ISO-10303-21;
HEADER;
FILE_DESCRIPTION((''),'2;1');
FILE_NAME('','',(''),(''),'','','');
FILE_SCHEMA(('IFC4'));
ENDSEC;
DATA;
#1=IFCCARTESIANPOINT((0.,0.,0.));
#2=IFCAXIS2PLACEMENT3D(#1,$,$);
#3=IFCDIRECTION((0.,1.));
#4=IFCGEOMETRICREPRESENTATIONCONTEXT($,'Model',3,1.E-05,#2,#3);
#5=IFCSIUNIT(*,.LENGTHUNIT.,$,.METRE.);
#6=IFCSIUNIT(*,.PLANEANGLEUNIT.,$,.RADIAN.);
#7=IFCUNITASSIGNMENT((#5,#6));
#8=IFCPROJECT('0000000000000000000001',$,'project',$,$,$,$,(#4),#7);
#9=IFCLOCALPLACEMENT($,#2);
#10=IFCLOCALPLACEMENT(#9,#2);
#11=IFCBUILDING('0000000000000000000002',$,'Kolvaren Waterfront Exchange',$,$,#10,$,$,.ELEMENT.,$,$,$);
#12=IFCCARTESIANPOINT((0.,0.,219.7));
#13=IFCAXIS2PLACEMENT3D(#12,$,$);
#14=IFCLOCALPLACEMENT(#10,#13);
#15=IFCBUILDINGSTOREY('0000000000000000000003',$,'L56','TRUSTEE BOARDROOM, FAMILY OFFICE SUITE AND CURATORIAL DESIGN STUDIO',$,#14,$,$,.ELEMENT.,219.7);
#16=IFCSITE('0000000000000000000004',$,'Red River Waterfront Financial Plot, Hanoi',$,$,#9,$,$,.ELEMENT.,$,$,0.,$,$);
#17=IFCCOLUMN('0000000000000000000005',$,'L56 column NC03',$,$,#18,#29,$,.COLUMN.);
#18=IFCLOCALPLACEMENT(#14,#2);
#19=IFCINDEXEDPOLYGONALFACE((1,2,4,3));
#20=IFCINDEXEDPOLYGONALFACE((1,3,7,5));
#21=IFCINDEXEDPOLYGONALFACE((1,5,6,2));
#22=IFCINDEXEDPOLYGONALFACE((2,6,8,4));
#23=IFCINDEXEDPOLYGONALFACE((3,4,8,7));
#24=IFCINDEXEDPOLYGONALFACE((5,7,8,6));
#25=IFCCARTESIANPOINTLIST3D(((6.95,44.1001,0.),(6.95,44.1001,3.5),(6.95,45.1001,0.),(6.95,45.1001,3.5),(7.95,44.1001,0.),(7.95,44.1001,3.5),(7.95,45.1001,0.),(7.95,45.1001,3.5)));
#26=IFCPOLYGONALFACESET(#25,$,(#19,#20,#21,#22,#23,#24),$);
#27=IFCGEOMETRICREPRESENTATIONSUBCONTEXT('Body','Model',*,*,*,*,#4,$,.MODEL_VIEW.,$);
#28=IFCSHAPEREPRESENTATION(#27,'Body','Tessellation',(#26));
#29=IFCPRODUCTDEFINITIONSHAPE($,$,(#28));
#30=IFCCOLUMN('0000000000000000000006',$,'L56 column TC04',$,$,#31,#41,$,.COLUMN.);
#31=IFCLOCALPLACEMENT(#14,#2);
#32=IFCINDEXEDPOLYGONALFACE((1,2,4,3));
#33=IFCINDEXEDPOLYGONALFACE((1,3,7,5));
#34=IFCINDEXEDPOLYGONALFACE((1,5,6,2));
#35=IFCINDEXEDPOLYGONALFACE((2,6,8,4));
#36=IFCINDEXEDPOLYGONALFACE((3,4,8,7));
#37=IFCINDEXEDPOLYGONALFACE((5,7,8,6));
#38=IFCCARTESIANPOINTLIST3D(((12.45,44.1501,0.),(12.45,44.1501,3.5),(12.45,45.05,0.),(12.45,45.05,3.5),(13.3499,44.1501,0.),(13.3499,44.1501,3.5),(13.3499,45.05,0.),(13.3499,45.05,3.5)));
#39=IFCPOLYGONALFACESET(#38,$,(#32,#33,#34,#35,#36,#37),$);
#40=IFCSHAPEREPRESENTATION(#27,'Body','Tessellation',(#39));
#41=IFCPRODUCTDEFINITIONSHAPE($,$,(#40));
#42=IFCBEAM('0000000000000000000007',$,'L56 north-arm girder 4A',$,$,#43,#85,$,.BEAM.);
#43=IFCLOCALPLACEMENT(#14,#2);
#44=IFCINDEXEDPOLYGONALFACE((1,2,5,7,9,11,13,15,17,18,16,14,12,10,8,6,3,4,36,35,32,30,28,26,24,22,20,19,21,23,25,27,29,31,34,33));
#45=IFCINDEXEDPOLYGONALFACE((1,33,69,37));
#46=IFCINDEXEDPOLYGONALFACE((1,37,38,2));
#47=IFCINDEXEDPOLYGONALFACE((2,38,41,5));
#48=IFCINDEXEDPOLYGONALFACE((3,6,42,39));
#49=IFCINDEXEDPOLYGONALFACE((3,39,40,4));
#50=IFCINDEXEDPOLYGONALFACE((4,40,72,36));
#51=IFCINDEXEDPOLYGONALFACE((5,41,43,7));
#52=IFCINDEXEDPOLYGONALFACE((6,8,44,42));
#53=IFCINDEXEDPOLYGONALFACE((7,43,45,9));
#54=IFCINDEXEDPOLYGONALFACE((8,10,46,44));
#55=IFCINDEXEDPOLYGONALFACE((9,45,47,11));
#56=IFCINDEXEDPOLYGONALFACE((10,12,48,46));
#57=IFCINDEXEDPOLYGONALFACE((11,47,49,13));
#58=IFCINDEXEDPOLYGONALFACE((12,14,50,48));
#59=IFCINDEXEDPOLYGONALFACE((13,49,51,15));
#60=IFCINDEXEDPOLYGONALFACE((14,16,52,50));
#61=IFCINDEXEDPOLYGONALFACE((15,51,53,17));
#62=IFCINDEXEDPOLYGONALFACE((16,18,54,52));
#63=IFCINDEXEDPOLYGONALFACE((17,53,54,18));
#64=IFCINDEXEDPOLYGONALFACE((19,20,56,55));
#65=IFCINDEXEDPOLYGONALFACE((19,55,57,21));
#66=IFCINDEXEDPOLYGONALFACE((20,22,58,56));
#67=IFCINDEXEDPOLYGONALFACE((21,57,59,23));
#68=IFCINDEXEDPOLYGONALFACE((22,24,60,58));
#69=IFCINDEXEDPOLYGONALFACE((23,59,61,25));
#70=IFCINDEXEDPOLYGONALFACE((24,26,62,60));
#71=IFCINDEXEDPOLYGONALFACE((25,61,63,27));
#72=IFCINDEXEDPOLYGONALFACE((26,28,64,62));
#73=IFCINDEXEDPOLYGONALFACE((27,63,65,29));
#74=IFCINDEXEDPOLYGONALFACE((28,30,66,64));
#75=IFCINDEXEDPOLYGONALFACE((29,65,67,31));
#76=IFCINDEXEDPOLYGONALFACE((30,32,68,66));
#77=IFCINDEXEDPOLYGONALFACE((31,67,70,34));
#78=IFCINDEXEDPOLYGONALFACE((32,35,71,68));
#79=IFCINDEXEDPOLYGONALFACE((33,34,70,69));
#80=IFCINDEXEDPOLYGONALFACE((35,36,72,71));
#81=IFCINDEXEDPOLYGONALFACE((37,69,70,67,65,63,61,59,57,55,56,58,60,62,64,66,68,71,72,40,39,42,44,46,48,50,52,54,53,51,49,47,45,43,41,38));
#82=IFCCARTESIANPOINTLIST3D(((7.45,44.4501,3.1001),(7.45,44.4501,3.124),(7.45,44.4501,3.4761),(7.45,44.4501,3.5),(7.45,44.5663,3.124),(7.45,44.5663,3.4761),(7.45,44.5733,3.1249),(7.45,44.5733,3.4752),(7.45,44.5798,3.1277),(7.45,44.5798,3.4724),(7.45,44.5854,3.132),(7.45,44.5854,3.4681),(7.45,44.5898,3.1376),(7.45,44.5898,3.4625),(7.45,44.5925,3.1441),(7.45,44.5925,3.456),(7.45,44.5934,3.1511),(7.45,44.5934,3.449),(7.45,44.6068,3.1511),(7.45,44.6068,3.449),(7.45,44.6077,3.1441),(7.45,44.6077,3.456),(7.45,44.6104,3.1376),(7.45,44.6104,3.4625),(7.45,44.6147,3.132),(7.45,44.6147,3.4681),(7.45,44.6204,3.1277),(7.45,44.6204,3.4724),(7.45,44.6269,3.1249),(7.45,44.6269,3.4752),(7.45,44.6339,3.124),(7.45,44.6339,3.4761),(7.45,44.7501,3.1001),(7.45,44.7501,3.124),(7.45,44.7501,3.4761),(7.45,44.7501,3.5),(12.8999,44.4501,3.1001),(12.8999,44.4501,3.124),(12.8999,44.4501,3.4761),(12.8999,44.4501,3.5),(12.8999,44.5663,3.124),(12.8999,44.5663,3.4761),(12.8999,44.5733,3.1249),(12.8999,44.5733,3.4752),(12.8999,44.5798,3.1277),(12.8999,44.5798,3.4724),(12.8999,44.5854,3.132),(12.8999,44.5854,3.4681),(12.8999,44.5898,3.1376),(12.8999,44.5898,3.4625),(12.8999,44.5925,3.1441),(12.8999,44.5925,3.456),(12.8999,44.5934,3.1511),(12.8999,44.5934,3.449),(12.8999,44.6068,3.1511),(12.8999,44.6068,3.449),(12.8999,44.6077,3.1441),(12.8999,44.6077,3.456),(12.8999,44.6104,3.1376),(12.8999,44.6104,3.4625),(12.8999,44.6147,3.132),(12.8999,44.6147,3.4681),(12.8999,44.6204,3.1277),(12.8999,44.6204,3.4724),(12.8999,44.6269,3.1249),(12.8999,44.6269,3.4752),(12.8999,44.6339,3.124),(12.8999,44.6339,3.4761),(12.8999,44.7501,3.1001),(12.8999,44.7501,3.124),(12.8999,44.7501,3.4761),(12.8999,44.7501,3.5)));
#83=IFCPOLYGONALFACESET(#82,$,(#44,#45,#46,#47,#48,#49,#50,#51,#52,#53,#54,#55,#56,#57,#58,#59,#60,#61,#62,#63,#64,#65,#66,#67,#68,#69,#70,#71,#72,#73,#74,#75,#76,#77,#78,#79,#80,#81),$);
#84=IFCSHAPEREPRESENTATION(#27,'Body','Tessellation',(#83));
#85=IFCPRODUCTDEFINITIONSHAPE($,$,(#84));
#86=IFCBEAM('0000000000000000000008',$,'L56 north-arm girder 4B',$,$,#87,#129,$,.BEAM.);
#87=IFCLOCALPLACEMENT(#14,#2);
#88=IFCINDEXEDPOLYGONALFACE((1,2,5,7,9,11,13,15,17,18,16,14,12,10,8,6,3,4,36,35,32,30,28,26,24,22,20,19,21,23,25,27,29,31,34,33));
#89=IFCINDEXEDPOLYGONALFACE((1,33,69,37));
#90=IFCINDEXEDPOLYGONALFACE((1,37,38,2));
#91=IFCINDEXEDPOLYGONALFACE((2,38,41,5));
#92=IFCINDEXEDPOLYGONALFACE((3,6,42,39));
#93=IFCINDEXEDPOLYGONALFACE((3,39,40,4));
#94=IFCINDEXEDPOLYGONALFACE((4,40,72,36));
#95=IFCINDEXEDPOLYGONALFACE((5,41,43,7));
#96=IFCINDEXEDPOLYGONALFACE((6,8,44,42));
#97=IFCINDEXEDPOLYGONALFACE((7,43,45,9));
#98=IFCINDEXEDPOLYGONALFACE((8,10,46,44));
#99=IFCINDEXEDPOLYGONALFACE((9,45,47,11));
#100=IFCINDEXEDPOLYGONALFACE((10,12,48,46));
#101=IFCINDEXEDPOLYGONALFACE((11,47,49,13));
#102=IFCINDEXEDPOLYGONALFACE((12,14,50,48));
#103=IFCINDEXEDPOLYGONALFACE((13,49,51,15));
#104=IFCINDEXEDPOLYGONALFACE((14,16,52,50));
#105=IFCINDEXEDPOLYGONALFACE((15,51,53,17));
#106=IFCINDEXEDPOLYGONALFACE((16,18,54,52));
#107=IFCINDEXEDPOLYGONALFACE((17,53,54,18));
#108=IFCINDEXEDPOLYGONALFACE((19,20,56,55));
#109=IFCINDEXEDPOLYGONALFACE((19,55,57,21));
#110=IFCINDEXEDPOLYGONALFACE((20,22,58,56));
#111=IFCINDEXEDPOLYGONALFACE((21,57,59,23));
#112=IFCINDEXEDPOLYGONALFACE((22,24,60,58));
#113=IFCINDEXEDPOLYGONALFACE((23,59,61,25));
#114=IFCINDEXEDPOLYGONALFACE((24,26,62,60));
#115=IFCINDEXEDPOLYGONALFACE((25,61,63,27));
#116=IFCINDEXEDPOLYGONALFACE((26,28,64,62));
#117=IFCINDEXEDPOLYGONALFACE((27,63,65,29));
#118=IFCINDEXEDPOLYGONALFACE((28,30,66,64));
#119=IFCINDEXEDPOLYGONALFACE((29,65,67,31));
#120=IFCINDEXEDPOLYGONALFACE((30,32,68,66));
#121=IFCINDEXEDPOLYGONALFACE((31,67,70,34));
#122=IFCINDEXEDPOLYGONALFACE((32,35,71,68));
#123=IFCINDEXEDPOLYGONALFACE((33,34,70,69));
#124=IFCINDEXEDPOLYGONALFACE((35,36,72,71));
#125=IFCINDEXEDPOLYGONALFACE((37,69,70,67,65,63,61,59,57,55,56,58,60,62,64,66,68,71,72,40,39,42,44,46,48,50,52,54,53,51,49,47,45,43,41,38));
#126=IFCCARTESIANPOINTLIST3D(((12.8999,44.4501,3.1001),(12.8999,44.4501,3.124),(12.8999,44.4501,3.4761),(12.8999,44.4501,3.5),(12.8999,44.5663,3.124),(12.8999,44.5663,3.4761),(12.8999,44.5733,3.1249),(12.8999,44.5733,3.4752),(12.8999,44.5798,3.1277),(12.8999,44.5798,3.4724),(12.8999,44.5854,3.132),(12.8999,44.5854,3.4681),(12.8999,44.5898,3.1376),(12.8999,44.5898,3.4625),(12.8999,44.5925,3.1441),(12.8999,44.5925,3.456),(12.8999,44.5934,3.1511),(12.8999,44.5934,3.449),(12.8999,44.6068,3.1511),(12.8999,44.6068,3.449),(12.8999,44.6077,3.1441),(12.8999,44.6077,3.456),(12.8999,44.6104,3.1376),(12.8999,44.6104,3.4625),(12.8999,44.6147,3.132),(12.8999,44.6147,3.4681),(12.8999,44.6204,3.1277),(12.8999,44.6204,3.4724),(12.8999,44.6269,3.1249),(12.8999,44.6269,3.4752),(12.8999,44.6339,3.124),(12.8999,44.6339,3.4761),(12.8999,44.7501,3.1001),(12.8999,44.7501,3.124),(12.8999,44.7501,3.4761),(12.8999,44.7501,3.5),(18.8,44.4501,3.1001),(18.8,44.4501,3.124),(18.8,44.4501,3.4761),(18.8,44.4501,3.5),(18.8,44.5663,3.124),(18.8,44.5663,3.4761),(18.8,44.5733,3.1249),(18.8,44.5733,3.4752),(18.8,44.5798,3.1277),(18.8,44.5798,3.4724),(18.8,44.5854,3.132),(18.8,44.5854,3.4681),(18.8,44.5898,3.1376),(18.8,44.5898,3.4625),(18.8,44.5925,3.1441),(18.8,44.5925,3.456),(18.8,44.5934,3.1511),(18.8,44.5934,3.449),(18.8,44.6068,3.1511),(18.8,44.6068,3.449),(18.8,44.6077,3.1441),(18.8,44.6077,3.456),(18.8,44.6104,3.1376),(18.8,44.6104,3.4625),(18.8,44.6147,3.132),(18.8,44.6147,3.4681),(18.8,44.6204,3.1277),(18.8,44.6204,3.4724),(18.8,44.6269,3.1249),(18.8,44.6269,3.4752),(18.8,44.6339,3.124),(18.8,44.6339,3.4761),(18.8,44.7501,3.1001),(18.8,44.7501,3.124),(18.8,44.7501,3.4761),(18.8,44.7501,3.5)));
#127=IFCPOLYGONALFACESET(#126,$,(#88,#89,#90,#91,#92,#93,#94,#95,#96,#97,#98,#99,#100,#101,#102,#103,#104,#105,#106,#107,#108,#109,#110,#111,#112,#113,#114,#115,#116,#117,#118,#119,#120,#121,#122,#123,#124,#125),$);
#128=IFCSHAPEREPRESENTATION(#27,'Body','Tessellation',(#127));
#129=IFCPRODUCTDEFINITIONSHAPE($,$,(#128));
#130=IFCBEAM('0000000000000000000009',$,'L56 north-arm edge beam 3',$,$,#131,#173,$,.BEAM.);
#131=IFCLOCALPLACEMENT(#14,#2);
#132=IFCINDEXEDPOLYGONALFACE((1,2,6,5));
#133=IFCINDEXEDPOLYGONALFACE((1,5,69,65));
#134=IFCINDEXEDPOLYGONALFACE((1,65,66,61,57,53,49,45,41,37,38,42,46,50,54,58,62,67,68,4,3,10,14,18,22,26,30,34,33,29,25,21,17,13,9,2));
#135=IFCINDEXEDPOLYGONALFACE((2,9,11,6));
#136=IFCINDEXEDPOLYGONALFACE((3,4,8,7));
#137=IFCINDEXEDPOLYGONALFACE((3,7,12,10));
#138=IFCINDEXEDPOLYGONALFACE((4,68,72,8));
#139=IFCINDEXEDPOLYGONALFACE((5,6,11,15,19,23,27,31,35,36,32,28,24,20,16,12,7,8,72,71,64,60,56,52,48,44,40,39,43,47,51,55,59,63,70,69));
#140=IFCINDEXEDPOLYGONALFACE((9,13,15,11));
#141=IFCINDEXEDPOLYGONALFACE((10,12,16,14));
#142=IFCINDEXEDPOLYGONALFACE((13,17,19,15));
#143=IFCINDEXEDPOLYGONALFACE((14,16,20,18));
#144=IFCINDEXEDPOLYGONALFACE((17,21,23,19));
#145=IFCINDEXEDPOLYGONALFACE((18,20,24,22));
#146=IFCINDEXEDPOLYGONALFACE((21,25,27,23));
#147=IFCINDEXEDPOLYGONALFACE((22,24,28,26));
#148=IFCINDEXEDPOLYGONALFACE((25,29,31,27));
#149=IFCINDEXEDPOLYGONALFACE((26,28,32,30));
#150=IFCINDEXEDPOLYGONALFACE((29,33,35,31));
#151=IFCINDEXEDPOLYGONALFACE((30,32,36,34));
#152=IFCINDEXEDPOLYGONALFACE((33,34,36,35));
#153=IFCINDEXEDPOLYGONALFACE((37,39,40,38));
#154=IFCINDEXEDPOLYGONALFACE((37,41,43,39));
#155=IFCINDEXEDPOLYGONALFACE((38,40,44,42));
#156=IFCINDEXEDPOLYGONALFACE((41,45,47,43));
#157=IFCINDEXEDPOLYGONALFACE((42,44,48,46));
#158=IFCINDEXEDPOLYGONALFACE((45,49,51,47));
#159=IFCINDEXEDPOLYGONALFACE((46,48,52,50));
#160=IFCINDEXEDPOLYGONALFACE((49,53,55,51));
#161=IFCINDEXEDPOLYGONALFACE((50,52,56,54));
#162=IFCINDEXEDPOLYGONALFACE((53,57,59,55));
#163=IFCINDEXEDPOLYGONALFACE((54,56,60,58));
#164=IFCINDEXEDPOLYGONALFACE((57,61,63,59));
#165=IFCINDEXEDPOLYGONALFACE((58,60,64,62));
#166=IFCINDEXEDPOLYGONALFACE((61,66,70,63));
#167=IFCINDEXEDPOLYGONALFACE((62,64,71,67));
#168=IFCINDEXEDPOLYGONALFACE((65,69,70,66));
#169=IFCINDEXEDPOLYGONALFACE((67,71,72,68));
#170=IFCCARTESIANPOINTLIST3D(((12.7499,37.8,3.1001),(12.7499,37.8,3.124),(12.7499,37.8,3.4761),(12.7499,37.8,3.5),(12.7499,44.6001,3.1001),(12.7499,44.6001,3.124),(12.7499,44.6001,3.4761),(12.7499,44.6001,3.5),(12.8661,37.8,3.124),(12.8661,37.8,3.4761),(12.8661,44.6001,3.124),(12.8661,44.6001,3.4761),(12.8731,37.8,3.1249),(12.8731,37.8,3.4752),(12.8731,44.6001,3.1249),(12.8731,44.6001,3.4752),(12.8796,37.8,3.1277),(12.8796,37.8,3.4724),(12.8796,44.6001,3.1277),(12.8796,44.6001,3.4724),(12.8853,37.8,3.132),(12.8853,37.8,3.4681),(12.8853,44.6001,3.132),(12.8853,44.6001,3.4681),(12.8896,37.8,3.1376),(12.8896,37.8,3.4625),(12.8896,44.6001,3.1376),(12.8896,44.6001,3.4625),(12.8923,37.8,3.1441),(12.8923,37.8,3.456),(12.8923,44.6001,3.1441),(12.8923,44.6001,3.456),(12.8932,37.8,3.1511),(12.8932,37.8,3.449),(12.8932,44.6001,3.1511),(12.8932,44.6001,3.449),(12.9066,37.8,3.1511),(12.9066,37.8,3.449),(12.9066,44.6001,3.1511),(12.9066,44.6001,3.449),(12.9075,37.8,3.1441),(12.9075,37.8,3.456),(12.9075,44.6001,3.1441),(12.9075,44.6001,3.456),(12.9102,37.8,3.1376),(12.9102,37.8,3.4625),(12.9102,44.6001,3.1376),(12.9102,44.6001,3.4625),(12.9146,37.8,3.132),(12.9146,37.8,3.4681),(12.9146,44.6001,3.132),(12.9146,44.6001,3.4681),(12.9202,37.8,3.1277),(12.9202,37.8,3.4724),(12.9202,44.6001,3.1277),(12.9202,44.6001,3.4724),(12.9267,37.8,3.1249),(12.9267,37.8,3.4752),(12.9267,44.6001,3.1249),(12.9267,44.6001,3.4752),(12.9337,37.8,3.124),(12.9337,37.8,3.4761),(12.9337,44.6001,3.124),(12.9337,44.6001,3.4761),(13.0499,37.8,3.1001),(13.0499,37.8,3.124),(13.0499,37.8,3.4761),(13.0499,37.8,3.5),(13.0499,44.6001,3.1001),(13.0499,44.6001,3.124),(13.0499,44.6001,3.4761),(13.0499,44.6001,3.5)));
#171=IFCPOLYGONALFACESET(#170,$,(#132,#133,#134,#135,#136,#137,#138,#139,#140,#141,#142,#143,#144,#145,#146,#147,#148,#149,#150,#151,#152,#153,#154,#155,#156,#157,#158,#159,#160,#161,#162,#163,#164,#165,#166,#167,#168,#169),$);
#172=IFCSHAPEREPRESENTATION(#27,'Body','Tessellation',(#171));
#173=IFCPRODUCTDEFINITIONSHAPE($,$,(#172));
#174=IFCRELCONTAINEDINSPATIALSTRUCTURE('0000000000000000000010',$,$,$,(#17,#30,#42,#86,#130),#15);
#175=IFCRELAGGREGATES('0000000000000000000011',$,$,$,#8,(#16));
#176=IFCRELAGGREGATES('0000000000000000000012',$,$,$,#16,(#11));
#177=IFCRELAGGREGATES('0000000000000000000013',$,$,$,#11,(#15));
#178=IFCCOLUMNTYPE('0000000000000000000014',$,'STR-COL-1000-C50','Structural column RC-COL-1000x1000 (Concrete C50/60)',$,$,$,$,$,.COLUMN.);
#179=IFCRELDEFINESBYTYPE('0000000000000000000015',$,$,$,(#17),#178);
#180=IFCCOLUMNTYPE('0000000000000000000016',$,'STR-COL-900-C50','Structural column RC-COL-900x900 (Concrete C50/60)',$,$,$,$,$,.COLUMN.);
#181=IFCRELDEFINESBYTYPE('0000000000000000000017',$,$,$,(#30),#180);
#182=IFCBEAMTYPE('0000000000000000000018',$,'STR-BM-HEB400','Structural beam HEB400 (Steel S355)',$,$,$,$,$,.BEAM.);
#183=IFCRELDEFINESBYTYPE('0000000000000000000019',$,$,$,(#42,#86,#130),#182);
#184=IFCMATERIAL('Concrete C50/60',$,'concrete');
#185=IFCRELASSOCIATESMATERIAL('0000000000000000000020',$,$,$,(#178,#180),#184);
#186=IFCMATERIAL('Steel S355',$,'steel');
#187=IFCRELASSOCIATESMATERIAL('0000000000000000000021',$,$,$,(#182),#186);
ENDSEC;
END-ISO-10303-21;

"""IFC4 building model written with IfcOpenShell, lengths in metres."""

from ifc_helpers import new_model, si_unit, direction, frame, origin, origin_2d, place, context, subcontext, project, spatial, rectangle, i_section, extrude, material, material_profile, profile_set, type_object, element, save


model = new_model("IFC4")

# Units and contexts
model_context = context("Model", 3, precision=1e-05, world=origin(), true_north=direction((0.0, 1.0)))
body_context = subcontext(model_context, "Body", "Model", "MODEL_VIEW")
ifc_project = project(units=[si_unit("LENGTHUNIT", "METRE"), si_unit("PLANEANGLEUNIT", "RADIAN")], contexts=[model_context])

# Site, building, storey
site_placement = place(None, origin())
site = spatial("IfcSite", under=ifc_project, at=site_placement, Name="Red River Waterfront Financial Plot, Hanoi", CompositionType="ELEMENT", RefElevation=0.0)
building_placement = place(site_placement, origin())
building = spatial("IfcBuilding", under=site, at=building_placement, Name="Kolvaren Waterfront Exchange", CompositionType="ELEMENT")
storey_placement = place(building_placement, frame((0.0, 0.0, 219.7)))
storey = spatial("IfcBuildingStorey", under=building, at=storey_placement, Name="L56", Description="TRUSTEE BOARDROOM, FAMILY OFFICE SUITE AND CURATORIAL DESIGN STUDIO", CompositionType="ELEMENT", Elevation=219.7)

# Columns
ifc_material_1 = material(Name="Concrete C50/60", Category="concrete")
ifc_material_profile_1 = material_profile(ifc_material_1, rectangle(XDim=1.0, YDim=1.0, at=origin_2d()), Name="RC-COL-1000x1000")
ifc_profile_set_1 = profile_set([ifc_material_profile_1], Name="Concrete C50/60")
column_type_1 = type_object("IfcColumnType", Name="STR-COL-1000-C50", Description="Structural column RC-COL-1000x1000 (Concrete C50/60)", PredefinedType="COLUMN", material=ifc_profile_set_1)
column_1_placement = place(storey_placement, frame((7.45, 44.6001, 0.0), z_axis=(0.0, 0.0, 1.0), x_axis=(1.0, 0.0, 0.0)))
element("IfcColumn", 1, at=column_1_placement, inside=storey, type_object=column_type_1, Name="L56 column NC03", PredefinedType="COLUMN", context=body_context, shape_type="SweptSolid", body=[
    extrude(rectangle(XDim=1.0, YDim=1.0, at=origin_2d()), origin(), (0.0, 0.0, 1.0), 3.5),
])
ifc_material_profile_2 = material_profile(ifc_material_1, rectangle(XDim=0.8999, YDim=0.8999, at=origin_2d()), Name="RC-COL-900x900")
ifc_profile_set_2 = profile_set([ifc_material_profile_2], Name="Concrete C50/60")
column_type_2 = type_object("IfcColumnType", Name="STR-COL-900-C50", Description="Structural column RC-COL-900x900 (Concrete C50/60)", PredefinedType="COLUMN", material=ifc_profile_set_2)
column_2_placement = place(storey_placement, frame((12.8999, 44.6001, 0.0), z_axis=(0.0, 0.0, 1.0), x_axis=(1.0, 0.0, 0.0)))
element("IfcColumn", 2, at=column_2_placement, inside=storey, type_object=column_type_2, Name="L56 column TC04", PredefinedType="COLUMN", context=body_context, shape_type="SweptSolid", body=[
    extrude(rectangle(XDim=0.8999, YDim=0.8999, at=origin_2d()), origin(), (0.0, 0.0, 1.0), 3.5),
])

# Beams
ifc_material_2 = material(Name="Steel S355", Category="steel")
ifc_material_profile_3 = material_profile(ifc_material_2, i_section(OverallWidth=0.3, OverallDepth=0.3999, WebThickness=0.0134, FlangeThickness=0.0239, FilletRadius=0.0271, at=origin_2d()), Name="HEB400")
ifc_profile_set_3 = profile_set([ifc_material_profile_3], Name="Steel S355")
beam_type_1 = type_object("IfcBeamType", Name="STR-BM-HEB400", Description="Structural beam HEB400 (Steel S355)", PredefinedType="BEAM", material=ifc_profile_set_3)
beam_1_placement = place(storey_placement, frame((7.45, 44.6001, 3.3), z_axis=(1.0, 0.0, 0.0), x_axis=(0.0, 1.0, 0.0)))
element("IfcBeam", 3, at=beam_1_placement, inside=storey, type_object=beam_type_1, Name="L56 north-arm girder 4A", PredefinedType="BEAM", context=body_context, shape_type="SweptSolid", body=[
    extrude(i_section(OverallWidth=0.3, OverallDepth=0.3999, WebThickness=0.0134, FlangeThickness=0.0239, FilletRadius=0.0271, at=origin_2d()), origin(), (0.0, 0.0, 1.0), 5.45),
])
beam_2_placement = place(storey_placement, frame((12.8999, 44.6001, 3.3), z_axis=(1.0, 0.0, 0.0), x_axis=(0.0, 1.0, 0.0)))
element("IfcBeam", 4, at=beam_2_placement, inside=storey, type_object=beam_type_1, Name="L56 north-arm girder 4B", PredefinedType="BEAM", context=body_context, shape_type="SweptSolid", body=[
    extrude(i_section(OverallWidth=0.3, OverallDepth=0.3999, WebThickness=0.0134, FlangeThickness=0.0239, FilletRadius=0.0271, at=origin_2d()), origin(), (0.0, 0.0, 1.0), 5.9001),
])
beam_3_placement = place(storey_placement, frame((12.8999, 37.8, 3.3), z_axis=(0.0, 1.0, 0.0), x_axis=(-1.0, 0.0, 0.0)))
element("IfcBeam", 5, at=beam_3_placement, inside=storey, type_object=beam_type_1, Name="L56 north-arm edge beam 3", PredefinedType="BEAM", context=body_context, shape_type="SweptSolid", body=[
    extrude(i_section(OverallWidth=0.3, OverallDepth=0.3999, WebThickness=0.0134, FlangeThickness=0.0239, FilletRadius=0.0271, at=origin_2d()), origin(), (0.0, 0.0, 1.0), 6.8),
])

save(model, "model.ifc")
